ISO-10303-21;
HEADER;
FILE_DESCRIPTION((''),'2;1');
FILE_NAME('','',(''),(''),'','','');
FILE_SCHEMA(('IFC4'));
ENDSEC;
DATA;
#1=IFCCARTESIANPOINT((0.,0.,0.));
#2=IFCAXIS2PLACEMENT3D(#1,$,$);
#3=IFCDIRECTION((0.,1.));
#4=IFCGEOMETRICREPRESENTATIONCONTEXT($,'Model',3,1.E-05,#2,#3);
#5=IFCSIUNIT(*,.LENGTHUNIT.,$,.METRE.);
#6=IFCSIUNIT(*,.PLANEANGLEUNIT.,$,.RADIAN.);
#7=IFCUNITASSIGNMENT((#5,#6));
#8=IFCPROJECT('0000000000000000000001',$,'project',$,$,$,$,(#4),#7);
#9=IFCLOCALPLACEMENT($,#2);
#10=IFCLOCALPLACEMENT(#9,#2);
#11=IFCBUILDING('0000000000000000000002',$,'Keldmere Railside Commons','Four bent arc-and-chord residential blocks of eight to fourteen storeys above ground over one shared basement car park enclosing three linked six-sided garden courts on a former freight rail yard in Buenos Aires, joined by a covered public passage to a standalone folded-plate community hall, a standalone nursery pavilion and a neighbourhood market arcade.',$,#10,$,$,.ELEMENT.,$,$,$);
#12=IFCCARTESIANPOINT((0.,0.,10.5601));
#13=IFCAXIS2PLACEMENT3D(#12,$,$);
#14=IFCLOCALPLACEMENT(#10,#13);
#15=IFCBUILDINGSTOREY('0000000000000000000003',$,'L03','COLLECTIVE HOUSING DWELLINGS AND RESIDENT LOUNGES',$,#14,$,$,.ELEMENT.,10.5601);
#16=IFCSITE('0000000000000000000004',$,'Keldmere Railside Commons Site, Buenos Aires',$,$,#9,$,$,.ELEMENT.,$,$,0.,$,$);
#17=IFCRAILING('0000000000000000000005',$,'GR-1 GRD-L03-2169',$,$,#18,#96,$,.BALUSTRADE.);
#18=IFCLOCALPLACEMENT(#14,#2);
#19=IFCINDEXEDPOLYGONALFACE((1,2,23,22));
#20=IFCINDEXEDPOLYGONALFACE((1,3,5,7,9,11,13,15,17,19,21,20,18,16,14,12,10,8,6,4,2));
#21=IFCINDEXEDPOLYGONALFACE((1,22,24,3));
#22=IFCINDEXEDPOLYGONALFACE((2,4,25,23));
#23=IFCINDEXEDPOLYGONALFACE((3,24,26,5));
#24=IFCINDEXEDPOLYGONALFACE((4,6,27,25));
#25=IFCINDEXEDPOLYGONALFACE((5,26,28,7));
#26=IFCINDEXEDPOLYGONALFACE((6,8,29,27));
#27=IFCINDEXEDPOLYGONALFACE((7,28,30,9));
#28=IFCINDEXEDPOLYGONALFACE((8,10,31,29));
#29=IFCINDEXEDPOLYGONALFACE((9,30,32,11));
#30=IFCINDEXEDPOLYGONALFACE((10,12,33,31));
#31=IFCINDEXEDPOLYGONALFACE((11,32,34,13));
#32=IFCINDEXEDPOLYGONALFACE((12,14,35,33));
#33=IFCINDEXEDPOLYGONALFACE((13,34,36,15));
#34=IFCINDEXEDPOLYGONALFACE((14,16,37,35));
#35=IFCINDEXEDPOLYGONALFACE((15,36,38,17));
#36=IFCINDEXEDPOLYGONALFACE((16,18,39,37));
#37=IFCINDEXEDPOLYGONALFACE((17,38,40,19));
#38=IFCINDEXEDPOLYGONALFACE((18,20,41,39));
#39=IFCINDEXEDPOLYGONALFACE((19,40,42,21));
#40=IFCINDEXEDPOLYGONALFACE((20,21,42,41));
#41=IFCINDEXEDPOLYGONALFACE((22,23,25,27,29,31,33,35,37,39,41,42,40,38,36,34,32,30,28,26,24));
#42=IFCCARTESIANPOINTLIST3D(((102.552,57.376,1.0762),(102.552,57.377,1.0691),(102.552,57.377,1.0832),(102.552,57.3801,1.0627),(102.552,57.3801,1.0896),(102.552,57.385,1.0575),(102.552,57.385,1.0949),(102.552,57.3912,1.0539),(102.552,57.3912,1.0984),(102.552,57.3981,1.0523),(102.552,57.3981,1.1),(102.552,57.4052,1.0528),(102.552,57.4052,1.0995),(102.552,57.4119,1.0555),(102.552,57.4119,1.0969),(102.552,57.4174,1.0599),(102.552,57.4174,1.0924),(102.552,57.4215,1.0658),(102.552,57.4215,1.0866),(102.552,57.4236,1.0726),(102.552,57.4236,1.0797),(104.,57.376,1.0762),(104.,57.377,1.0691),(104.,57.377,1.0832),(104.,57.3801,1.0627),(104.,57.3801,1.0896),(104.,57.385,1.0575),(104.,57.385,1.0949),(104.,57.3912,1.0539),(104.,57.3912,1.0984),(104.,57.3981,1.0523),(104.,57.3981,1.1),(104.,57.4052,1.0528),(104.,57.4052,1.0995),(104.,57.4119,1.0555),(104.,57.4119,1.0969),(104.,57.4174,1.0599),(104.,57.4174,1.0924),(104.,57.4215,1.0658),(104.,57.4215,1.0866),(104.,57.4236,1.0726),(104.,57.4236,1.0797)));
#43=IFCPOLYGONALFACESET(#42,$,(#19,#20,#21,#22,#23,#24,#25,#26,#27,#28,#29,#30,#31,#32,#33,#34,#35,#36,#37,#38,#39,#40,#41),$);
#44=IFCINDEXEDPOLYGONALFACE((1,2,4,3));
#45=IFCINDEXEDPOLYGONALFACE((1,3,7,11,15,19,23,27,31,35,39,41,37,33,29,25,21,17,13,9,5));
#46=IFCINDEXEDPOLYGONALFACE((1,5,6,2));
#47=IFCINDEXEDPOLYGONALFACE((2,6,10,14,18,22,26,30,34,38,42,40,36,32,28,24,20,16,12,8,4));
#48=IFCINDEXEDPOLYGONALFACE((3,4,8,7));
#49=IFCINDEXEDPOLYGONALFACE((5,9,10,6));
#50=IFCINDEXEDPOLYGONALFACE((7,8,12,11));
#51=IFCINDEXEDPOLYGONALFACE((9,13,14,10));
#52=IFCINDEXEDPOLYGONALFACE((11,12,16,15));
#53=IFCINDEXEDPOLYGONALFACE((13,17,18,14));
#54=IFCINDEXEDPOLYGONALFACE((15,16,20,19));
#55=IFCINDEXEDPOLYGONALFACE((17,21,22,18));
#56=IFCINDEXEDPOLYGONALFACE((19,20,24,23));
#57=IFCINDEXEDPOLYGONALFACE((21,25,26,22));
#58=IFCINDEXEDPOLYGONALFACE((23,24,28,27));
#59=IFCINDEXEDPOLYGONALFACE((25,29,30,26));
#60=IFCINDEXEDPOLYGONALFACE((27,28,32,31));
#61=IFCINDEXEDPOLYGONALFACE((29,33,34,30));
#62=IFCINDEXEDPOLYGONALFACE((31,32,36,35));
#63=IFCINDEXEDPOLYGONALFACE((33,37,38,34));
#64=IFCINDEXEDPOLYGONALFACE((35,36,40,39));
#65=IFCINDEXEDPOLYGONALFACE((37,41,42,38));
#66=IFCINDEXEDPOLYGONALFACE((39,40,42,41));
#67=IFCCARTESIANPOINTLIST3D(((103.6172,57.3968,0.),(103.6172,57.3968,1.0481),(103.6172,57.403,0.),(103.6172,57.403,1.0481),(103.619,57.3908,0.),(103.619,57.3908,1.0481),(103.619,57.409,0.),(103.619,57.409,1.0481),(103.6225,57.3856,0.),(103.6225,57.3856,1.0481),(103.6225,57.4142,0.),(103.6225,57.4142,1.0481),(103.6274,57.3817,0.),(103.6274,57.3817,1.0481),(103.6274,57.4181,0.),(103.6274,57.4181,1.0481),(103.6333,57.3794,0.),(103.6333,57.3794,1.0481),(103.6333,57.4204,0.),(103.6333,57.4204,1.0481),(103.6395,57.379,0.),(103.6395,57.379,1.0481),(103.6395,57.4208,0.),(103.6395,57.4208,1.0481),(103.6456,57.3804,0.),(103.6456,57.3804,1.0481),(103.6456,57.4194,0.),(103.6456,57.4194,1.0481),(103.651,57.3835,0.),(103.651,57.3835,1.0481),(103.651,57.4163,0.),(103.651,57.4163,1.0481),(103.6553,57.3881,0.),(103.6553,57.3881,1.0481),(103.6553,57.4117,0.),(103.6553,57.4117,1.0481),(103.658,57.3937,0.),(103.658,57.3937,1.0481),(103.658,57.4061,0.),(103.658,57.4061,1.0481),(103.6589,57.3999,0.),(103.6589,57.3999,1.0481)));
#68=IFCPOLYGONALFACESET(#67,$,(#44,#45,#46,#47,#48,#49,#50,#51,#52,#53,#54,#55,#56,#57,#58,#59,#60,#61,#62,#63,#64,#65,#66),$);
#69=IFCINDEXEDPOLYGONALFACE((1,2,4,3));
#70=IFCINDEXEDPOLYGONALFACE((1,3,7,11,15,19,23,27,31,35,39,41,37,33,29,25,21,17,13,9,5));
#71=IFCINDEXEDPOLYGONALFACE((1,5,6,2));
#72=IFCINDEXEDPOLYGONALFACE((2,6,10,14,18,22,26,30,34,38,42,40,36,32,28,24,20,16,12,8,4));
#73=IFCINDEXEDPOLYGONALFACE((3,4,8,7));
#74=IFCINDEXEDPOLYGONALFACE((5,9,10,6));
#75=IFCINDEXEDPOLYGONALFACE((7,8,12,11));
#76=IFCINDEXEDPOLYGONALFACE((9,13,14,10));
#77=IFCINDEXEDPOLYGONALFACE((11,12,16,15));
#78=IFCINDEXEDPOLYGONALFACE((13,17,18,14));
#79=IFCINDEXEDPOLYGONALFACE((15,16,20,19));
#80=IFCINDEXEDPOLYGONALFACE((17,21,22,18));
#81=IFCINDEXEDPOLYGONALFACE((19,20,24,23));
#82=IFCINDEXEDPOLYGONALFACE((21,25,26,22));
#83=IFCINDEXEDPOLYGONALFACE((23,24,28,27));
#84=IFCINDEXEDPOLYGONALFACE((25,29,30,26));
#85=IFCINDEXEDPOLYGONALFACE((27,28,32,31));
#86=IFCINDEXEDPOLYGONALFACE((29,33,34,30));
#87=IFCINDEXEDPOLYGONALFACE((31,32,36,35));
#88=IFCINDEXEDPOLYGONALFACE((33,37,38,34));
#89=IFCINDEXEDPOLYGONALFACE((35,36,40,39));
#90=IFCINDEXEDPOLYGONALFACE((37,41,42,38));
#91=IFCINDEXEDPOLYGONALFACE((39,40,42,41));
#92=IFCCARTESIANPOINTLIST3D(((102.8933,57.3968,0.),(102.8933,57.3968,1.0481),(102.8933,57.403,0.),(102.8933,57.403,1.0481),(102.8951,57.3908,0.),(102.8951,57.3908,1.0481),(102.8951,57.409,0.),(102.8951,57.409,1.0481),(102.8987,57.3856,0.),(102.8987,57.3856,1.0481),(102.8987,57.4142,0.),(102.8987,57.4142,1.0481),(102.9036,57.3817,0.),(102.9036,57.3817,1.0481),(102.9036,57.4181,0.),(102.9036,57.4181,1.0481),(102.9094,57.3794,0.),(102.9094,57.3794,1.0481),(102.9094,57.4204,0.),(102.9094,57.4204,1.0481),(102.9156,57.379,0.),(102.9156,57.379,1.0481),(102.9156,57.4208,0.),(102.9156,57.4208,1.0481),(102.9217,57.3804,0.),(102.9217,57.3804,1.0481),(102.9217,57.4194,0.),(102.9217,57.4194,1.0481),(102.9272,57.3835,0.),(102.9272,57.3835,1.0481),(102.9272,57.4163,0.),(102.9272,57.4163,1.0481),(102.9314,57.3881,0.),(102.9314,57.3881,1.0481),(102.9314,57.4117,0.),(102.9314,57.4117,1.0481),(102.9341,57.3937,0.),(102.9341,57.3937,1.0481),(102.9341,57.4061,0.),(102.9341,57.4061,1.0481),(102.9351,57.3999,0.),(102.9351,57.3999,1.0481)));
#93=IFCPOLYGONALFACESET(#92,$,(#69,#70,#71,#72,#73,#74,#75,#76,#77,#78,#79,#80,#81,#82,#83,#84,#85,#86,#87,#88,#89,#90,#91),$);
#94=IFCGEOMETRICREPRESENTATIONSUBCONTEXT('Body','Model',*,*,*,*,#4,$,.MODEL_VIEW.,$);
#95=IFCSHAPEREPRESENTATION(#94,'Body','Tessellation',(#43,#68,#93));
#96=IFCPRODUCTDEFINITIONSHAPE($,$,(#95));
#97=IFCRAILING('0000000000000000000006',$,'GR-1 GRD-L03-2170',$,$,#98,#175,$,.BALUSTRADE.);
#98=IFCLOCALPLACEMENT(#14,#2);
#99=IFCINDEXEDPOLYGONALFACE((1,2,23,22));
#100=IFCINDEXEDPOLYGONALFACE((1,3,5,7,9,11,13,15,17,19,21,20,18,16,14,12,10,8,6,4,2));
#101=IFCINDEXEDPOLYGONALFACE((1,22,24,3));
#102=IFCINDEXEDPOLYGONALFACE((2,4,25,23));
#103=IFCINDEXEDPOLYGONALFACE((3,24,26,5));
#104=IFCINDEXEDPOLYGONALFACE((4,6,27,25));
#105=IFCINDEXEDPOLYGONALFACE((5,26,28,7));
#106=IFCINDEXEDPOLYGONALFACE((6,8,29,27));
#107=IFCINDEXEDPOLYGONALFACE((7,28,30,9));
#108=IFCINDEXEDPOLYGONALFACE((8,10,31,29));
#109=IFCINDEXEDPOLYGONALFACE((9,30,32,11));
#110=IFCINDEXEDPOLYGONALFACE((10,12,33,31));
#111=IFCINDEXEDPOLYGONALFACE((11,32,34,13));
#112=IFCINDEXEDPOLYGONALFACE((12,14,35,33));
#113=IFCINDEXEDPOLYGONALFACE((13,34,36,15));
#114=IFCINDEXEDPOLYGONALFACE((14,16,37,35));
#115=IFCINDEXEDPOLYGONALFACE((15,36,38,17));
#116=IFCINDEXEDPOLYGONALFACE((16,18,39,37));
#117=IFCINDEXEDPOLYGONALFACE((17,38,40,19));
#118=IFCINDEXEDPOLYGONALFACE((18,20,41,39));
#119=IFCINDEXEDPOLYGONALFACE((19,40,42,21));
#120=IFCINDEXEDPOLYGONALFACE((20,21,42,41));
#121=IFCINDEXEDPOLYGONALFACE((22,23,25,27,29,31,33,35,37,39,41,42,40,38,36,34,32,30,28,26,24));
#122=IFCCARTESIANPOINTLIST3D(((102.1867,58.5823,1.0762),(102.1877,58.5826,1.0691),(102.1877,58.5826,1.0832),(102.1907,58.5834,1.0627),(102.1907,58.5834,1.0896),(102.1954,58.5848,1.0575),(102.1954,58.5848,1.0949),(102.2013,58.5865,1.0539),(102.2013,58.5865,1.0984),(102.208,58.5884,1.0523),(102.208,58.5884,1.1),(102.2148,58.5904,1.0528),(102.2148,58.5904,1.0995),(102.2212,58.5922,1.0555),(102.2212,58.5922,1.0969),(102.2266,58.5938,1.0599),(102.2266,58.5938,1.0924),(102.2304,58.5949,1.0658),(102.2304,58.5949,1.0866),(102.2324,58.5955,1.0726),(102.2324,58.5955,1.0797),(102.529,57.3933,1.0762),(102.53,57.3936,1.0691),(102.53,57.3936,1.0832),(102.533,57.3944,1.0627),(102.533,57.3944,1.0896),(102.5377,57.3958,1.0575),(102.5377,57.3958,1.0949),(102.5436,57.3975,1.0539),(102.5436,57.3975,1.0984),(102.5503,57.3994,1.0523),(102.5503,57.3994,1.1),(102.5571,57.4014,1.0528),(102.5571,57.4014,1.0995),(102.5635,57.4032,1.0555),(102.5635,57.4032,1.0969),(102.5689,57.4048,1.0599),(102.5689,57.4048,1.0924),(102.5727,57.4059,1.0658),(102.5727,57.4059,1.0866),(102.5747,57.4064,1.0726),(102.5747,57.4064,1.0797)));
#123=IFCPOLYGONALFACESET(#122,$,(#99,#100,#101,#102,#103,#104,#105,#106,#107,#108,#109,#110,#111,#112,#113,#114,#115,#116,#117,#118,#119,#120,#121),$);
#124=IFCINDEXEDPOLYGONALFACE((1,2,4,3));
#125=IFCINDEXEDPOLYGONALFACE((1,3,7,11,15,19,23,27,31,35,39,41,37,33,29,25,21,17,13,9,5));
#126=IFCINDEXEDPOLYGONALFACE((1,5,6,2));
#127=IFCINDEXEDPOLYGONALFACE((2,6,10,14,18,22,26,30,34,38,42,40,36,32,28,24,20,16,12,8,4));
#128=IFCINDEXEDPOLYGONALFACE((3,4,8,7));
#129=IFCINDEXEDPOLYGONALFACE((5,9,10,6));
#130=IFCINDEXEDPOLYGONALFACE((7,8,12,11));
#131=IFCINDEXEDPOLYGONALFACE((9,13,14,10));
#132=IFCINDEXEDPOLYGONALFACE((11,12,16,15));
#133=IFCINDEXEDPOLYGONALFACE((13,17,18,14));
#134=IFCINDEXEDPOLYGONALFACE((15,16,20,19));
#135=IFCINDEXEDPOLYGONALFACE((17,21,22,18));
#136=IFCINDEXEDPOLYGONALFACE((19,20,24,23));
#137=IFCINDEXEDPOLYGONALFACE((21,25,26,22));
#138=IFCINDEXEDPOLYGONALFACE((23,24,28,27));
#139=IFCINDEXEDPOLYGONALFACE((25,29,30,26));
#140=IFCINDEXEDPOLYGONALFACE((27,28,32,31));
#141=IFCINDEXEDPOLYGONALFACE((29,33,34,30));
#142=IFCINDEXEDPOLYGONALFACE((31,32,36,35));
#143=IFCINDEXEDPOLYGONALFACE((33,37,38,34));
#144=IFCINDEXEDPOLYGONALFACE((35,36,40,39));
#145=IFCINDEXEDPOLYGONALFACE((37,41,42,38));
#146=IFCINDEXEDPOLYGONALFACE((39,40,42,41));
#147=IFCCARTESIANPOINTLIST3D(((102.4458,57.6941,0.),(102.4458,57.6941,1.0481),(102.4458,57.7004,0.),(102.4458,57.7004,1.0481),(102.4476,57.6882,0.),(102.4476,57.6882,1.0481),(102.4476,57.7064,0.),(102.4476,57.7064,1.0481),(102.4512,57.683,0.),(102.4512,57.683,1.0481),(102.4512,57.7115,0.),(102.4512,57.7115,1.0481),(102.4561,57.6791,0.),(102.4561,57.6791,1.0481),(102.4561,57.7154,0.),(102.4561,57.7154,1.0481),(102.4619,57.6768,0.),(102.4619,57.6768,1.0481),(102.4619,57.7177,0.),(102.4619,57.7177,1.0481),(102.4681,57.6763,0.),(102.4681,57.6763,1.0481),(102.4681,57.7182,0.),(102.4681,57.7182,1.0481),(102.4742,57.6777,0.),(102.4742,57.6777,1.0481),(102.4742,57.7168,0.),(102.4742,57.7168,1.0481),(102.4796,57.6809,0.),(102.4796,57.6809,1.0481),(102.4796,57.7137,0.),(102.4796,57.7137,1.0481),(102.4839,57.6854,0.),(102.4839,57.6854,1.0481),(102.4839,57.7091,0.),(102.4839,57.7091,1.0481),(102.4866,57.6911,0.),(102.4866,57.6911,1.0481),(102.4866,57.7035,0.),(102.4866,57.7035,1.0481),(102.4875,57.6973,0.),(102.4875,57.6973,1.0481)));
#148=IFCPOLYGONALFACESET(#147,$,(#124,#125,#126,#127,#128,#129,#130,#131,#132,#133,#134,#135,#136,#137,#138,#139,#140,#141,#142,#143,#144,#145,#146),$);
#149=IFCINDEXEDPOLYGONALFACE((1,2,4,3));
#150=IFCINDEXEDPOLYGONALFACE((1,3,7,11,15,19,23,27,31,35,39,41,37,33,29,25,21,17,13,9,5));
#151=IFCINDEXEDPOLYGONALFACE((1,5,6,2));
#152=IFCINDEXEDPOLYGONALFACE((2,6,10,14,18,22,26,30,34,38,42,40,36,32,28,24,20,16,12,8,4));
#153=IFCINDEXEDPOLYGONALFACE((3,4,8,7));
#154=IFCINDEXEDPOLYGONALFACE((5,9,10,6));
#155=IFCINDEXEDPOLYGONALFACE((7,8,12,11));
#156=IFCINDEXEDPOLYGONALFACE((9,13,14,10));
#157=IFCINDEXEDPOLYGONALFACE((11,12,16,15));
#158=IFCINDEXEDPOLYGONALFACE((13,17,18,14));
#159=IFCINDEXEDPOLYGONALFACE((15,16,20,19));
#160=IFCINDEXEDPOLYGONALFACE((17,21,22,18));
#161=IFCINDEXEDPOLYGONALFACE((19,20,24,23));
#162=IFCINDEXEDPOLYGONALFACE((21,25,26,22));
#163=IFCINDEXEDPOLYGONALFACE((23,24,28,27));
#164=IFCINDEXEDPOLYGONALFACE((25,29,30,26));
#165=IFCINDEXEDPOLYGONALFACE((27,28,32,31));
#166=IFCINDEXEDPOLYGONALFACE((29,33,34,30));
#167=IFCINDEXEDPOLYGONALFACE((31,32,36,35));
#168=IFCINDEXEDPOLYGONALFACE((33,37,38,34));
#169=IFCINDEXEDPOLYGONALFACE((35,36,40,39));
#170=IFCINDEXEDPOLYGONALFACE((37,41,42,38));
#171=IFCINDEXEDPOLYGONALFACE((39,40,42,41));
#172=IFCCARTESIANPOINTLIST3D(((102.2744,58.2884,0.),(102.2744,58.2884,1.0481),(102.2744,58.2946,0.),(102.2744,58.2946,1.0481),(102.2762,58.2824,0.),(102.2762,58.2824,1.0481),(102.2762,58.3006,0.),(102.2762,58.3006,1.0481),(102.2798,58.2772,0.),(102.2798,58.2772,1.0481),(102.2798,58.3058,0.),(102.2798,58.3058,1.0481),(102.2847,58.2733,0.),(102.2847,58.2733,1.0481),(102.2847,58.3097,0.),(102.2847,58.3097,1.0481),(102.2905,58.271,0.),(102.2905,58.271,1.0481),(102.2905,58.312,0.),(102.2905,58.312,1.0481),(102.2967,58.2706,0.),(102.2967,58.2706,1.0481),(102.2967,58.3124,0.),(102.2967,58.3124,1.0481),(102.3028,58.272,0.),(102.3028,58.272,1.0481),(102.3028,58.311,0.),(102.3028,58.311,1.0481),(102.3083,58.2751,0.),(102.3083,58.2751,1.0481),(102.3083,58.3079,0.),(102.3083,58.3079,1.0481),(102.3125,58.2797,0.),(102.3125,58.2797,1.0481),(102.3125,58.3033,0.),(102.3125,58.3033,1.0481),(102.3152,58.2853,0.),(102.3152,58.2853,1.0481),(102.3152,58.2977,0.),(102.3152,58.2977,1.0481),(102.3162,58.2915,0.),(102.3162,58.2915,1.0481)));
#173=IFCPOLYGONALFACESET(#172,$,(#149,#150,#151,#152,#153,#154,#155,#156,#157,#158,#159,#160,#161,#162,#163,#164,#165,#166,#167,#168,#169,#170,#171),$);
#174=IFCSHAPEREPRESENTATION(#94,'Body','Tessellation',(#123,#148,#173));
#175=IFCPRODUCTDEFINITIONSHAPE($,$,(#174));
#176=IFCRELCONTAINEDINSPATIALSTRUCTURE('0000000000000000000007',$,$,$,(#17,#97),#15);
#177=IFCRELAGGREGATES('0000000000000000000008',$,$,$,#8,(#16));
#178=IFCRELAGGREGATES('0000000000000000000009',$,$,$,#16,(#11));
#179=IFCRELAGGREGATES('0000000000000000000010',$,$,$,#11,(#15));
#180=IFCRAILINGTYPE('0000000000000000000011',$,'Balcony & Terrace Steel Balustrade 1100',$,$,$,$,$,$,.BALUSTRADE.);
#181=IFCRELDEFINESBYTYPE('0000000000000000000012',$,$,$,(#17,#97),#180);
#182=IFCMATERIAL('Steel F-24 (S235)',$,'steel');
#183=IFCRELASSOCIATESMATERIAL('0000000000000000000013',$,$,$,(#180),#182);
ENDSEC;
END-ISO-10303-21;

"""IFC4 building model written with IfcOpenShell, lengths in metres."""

from ifc_helpers import new_model, si_unit, direction, frame, origin, origin_2d, place, context, subcontext, project, spatial, circle, extrude, material, type_object, element, save


model = new_model("IFC4")

# Units and contexts
model_context = context("Model", 3, precision=1e-05, world=origin(), true_north=direction((0.0, 1.0)))
body_context = subcontext(model_context, "Body", "Model", "MODEL_VIEW")
ifc_project = project(units=[si_unit("LENGTHUNIT", "METRE"), si_unit("PLANEANGLEUNIT", "RADIAN")], contexts=[model_context])

# Site, building, storey
site_placement = place(None, origin())
site = spatial("IfcSite", under=ifc_project, at=site_placement, Name="Keldmere Railside Commons Site, Buenos Aires", CompositionType="ELEMENT", RefElevation=0.0)
building_placement = place(site_placement, origin())
building = spatial("IfcBuilding", under=site, at=building_placement, Name="Keldmere Railside Commons", Description="Four bent arc-and-chord residential blocks of eight to fourteen storeys above ground over one shared basement car park enclosing three linked six-sided garden courts on a former freight rail yard in Buenos Aires, joined by a covered public passage to a standalone folded-plate community hall, a standalone nursery pavilion and a neighbourhood market arcade.", CompositionType="ELEMENT")
storey_placement = place(building_placement, frame((0.0, 0.0, 10.5601)))
storey = spatial("IfcBuildingStorey", under=building, at=storey_placement, Name="L03", Description="COLLECTIVE HOUSING DWELLINGS AND RESIDENT LOUNGES", CompositionType="ELEMENT", Elevation=10.5601)

# Railings
ifc_material_1 = material(Name="Steel F-24 (S235)", Category="steel")
railing_type = type_object("IfcRailingType", Name="Balcony & Terrace Steel Balustrade 1100", PredefinedType="BALUSTRADE", material=ifc_material_1)
railing_1_placement = place(storey_placement, frame((104.0, 57.3999, 0.0)))
element("IfcRailing", 1, at=railing_1_placement, inside=storey, type_object=railing_type, Name="GR-1 GRD-L03-2169", PredefinedType="BALUSTRADE", context=body_context, shape_type="SweptSolid", body=[
    extrude(circle(Radius=0.0239, at=origin_2d()), frame((0.0, 0.0, 1.0762), z_axis=(-1.0, 0.0, 0.0), x_axis=(0.0, -1.0, 0.0)), (0.0, 0.0, 1.0), 1.448),
    extrude(circle(Radius=0.021, at=origin_2d()), frame((-0.3621, 0.0, 0.0)), (0.0, 0.0, 1.0), 1.0481),
    extrude(circle(Radius=0.021, at=origin_2d()), frame((-1.0859, 0.0, 0.0)), (0.0, 0.0, 1.0), 1.0481),
])
railing_2_placement = place(storey_placement, frame((102.552, 57.3999, 0.0)))
element("IfcRailing", 2, at=railing_2_placement, inside=storey, type_object=railing_type, Name="GR-1 GRD-L03-2170", PredefinedType="BALUSTRADE", context=body_context, shape_type="SweptSolid", body=[
    extrude(circle(Radius=0.0239, at=origin_2d()), frame((0.0, 0.0, 1.0762), z_axis=(-0.276649, 0.960971, 0.0), x_axis=(-0.960971, -0.276649, 0.0)), (0.0, 0.0, 1.0), 1.2373),
    extrude(circle(Radius=0.021, at=origin_2d()), frame((-0.0854, 0.2974, 0.0)), (0.0, 0.0, 1.0), 1.0481),
    extrude(circle(Radius=0.021, at=origin_2d()), frame((-0.2568, 0.8916, 0.0)), (0.0, 0.0, 1.0), 1.0481),
])

save(model, "model.ifc")
